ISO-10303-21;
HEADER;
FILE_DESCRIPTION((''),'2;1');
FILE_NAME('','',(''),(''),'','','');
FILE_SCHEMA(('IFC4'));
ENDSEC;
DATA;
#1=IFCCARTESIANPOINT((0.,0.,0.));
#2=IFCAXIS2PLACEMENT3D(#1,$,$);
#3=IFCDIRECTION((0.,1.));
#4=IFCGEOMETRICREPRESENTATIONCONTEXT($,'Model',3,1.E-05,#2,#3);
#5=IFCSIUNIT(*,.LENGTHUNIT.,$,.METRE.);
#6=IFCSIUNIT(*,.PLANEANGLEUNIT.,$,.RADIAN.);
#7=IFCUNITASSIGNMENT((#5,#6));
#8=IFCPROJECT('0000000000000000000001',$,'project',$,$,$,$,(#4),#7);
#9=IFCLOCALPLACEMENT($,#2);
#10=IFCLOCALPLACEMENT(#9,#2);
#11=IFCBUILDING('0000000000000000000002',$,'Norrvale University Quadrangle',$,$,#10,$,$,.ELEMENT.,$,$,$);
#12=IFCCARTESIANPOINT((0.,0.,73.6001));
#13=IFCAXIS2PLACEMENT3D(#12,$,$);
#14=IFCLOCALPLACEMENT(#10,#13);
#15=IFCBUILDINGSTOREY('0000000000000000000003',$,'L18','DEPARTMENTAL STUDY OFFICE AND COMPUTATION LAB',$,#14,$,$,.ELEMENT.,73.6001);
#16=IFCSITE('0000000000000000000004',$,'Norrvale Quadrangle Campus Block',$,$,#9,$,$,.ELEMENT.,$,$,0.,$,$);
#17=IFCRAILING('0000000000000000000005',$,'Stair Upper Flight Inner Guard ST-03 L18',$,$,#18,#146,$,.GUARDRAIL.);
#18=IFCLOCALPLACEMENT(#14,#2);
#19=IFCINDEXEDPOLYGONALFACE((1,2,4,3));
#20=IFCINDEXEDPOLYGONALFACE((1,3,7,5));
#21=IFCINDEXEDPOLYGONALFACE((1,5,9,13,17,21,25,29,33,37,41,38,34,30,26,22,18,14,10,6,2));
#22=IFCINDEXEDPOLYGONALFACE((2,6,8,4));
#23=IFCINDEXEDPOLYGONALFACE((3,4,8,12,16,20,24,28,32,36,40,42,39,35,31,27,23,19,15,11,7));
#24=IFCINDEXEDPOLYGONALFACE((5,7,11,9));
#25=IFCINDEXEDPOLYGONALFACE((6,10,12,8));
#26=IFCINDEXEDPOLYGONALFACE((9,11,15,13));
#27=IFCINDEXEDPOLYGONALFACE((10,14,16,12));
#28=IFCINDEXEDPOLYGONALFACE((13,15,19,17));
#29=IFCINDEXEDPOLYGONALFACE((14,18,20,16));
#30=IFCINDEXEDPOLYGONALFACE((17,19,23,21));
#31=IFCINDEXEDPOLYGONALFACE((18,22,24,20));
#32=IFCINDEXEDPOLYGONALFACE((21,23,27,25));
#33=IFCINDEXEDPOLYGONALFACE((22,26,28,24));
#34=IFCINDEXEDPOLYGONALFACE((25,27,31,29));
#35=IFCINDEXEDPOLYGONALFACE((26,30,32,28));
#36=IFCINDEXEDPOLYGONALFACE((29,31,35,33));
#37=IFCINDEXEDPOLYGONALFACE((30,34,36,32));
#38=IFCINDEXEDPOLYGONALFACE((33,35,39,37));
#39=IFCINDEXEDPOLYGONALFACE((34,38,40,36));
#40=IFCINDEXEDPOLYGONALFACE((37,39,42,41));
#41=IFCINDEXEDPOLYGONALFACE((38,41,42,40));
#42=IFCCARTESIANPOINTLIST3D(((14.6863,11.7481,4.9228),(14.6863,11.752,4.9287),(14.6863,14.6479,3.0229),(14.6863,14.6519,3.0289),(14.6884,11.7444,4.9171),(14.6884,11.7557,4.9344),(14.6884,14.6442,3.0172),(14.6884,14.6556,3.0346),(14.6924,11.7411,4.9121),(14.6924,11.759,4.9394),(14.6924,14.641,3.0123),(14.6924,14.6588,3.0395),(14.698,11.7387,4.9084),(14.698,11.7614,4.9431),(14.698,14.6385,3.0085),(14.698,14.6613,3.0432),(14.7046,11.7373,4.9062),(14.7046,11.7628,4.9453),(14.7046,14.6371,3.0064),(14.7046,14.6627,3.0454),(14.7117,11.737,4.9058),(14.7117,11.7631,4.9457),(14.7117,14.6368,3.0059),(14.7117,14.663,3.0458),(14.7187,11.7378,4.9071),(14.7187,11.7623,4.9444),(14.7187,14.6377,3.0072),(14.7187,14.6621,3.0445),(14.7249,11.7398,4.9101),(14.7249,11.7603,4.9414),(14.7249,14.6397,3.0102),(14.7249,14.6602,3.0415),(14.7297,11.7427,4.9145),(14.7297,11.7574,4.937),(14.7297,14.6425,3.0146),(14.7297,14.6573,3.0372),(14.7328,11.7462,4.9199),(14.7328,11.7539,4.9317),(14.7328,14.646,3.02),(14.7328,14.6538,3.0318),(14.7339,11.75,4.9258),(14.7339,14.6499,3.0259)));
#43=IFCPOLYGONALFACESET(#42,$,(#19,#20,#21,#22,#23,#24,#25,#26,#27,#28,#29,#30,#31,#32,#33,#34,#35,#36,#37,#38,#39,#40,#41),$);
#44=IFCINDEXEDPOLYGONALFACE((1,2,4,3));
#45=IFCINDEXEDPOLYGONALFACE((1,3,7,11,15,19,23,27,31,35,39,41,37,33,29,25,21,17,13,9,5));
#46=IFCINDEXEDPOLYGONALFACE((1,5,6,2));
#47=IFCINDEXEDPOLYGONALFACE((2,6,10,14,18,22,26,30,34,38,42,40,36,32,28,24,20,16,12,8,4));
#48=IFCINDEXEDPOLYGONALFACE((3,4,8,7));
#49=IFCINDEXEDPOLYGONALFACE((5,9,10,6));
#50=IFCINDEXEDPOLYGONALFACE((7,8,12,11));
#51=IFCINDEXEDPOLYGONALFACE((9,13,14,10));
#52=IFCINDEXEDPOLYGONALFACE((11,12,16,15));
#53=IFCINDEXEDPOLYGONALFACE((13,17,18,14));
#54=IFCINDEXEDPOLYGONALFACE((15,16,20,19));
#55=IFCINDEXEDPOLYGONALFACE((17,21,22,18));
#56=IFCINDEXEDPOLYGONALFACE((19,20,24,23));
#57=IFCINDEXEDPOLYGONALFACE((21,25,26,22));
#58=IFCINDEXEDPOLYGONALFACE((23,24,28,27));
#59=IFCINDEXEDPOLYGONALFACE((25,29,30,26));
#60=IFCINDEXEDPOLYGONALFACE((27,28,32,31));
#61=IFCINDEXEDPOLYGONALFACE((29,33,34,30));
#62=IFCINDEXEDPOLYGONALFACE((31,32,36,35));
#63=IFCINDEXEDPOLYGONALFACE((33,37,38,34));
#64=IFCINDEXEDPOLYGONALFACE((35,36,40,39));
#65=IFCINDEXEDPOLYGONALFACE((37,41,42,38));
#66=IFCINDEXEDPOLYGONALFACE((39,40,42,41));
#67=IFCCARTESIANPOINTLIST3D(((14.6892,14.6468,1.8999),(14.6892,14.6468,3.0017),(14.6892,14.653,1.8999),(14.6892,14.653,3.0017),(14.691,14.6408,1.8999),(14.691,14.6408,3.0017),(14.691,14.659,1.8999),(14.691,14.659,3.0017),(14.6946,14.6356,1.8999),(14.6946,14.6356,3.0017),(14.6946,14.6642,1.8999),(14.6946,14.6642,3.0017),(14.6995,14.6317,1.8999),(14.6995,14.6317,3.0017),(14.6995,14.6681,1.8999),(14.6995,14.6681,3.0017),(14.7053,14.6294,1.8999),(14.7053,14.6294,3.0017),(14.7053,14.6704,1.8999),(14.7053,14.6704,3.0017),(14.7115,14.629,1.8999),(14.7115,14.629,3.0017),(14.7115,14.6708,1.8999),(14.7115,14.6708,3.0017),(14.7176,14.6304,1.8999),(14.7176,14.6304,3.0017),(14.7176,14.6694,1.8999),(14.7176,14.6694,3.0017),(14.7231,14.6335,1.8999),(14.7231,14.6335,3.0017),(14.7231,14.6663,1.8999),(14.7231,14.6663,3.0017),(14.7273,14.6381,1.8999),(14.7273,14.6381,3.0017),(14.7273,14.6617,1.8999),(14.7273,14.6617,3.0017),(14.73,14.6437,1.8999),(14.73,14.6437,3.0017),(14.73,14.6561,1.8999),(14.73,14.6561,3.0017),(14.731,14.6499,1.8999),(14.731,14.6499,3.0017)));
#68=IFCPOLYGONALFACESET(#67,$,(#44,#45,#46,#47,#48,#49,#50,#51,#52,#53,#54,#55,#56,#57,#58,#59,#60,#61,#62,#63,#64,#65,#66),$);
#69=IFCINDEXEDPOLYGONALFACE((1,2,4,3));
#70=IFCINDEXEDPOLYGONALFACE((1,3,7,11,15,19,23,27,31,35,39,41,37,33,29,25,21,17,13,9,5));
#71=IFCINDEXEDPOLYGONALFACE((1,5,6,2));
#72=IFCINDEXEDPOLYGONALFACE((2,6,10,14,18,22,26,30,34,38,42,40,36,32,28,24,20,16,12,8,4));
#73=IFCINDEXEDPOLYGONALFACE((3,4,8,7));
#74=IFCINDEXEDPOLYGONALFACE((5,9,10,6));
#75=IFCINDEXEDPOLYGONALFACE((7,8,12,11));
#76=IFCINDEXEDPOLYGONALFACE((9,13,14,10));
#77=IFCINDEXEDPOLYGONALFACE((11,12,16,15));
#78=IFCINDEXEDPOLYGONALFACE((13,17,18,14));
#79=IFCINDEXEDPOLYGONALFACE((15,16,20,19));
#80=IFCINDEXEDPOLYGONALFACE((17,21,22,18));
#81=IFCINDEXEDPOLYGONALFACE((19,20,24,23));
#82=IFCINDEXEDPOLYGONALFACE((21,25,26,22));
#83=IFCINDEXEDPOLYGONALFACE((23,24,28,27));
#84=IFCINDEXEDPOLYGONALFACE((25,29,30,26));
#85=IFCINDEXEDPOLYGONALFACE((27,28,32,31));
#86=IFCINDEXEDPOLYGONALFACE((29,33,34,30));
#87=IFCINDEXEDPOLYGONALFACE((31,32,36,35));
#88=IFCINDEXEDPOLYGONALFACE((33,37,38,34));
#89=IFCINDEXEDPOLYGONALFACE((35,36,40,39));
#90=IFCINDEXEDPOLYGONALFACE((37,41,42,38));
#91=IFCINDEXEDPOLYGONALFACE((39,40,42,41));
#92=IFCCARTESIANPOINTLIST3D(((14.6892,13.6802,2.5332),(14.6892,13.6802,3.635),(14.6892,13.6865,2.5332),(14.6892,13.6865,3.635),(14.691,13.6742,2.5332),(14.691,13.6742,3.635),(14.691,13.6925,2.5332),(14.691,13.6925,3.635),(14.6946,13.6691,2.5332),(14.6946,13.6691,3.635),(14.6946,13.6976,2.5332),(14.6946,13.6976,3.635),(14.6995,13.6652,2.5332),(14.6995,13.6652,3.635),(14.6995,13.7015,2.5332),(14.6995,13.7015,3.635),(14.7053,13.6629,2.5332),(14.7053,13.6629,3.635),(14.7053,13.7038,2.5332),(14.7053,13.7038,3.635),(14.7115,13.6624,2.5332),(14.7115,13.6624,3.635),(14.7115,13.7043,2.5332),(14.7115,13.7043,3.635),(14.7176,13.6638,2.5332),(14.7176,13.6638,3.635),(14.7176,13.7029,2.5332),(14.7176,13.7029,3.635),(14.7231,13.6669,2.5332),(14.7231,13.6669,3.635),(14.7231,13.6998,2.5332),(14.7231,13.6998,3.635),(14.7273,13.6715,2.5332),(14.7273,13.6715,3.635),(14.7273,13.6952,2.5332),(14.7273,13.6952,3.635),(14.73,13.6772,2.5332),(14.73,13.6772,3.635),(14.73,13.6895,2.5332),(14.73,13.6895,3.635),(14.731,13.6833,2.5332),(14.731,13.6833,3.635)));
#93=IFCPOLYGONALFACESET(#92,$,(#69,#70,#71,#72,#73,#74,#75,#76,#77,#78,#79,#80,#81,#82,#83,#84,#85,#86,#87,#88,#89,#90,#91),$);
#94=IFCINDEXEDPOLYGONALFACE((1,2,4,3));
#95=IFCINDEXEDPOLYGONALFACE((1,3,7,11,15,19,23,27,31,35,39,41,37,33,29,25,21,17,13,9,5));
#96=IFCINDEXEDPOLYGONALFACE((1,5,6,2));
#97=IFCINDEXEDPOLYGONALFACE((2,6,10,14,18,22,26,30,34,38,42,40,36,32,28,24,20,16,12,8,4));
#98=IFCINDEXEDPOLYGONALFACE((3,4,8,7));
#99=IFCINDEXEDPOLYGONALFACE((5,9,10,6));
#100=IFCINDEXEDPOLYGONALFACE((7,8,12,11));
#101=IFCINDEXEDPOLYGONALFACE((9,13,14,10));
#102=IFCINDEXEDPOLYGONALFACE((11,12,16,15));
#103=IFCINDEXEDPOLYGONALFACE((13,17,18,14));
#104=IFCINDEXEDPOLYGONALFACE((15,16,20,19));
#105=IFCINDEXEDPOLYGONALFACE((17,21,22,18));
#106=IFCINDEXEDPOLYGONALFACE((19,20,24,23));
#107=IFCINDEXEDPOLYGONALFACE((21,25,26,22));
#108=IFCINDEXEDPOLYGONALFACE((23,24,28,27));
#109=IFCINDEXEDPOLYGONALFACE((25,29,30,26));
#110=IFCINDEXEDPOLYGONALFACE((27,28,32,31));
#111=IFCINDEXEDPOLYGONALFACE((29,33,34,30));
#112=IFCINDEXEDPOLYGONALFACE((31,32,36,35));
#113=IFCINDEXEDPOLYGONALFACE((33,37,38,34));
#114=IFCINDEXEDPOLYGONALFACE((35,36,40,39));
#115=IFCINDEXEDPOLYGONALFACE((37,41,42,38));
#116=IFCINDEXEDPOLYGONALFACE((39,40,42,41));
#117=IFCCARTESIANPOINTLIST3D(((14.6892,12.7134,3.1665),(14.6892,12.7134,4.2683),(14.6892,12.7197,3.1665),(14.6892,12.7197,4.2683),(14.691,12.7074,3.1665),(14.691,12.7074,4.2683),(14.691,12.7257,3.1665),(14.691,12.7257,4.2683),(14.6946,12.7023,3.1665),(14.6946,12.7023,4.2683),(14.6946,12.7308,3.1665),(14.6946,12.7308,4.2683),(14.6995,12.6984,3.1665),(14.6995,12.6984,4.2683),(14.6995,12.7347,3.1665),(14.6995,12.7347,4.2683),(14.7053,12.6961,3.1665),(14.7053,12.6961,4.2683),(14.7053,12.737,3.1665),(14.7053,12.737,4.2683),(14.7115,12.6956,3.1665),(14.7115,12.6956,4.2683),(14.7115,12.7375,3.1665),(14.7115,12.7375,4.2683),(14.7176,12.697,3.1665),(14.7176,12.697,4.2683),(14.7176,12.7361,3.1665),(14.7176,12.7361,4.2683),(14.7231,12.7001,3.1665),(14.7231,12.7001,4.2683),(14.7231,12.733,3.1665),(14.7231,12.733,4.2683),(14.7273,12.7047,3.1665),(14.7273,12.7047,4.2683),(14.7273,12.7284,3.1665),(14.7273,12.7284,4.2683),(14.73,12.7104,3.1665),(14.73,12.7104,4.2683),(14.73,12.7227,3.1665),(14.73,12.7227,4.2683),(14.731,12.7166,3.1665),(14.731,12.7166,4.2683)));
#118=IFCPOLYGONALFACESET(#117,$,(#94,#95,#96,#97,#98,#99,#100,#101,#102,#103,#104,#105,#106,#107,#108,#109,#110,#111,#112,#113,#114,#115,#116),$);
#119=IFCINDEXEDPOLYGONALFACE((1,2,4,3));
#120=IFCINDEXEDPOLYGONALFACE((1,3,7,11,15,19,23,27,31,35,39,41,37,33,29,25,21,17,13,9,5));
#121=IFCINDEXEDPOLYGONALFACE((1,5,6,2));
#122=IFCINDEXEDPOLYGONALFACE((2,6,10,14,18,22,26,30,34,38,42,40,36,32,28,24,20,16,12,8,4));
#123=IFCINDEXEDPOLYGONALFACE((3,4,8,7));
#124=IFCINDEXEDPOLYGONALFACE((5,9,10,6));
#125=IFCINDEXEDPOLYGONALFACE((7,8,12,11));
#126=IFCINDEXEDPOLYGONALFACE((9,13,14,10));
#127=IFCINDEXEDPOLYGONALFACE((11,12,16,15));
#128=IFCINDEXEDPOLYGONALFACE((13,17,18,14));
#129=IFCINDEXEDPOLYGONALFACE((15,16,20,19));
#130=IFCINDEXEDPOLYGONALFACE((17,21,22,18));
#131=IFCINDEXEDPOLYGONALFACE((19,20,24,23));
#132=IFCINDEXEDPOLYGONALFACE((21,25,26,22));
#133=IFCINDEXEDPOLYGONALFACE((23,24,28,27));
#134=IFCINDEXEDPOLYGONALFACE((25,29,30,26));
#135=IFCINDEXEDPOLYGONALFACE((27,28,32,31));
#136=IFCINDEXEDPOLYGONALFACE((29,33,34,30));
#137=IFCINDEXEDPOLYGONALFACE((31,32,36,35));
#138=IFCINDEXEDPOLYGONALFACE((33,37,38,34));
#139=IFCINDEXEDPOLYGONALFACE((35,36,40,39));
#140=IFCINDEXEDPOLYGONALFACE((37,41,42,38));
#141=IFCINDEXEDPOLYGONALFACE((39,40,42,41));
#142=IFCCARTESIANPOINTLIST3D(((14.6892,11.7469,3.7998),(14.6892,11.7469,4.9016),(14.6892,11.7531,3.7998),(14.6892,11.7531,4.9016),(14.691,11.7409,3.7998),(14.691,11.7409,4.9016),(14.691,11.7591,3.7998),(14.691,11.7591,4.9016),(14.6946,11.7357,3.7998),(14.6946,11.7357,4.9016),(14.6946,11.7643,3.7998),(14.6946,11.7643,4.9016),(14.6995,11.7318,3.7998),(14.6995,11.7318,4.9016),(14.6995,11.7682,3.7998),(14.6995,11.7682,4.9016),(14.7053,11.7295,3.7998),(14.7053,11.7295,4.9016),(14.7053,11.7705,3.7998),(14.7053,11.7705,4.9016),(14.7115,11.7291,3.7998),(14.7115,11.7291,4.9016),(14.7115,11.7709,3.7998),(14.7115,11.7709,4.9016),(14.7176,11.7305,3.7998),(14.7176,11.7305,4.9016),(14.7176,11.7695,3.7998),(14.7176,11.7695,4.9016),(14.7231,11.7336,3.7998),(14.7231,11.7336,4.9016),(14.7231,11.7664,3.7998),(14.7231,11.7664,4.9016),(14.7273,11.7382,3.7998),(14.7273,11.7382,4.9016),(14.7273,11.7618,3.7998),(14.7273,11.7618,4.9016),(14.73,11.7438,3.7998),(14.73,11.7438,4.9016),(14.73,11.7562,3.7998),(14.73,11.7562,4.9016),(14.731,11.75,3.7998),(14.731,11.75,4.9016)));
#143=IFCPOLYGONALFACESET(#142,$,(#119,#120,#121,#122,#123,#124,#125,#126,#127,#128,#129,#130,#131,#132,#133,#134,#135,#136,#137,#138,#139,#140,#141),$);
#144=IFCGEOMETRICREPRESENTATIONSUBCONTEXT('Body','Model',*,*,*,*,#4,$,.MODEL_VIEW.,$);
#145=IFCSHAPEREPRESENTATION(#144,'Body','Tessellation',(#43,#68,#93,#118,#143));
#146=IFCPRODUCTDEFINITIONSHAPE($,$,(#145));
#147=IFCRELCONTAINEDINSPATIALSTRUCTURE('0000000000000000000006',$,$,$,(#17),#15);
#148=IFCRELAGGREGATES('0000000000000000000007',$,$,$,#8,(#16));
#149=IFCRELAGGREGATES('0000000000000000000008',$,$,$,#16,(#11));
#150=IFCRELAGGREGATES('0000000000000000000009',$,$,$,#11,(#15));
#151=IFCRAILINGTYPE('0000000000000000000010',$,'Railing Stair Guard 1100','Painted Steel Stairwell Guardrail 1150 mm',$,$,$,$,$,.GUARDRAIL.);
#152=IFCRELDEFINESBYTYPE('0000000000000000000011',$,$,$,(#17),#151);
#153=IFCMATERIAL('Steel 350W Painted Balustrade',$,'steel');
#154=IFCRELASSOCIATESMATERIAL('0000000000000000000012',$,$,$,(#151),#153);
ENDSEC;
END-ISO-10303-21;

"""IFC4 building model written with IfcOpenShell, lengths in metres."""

from ifc_helpers import new_model, si_unit, direction, frame, origin, origin_2d, place, context, subcontext, project, spatial, circle, extrude, material, type_object, element, save


model = new_model("IFC4")

# Units and contexts
model_context = context("Model", 3, precision=1e-05, world=origin(), true_north=direction((0.0, 1.0)))
body_context = subcontext(model_context, "Body", "Model", "MODEL_VIEW")
ifc_project = project(units=[si_unit("LENGTHUNIT", "METRE"), si_unit("PLANEANGLEUNIT", "RADIAN")], contexts=[model_context])

# Site, building, storey
site_placement = place(None, origin())
site = spatial("IfcSite", under=ifc_project, at=site_placement, Name="Norrvale Quadrangle Campus Block", CompositionType="ELEMENT", RefElevation=0.0)
building_placement = place(site_placement, origin())
building = spatial("IfcBuilding", under=site, at=building_placement, Name="Norrvale University Quadrangle", CompositionType="ELEMENT")
storey_placement = place(building_placement, frame((0.0, 0.0, 73.6001)))
storey = spatial("IfcBuildingStorey", under=building, at=storey_placement, Name="L18", Description="DEPARTMENTAL STUDY OFFICE AND COMPUTATION LAB", CompositionType="ELEMENT", Elevation=73.6001)

# Railing
ifc_material_1 = material(Name="Steel 350W Painted Balustrade", Category="steel")
railing_type_1 = type_object("IfcRailingType", Name="Railing Stair Guard 1100", Description="Painted Steel Stairwell Guardrail 1150 mm", PredefinedType="GUARDRAIL", material=ifc_material_1)
railing_1_placement = place(storey_placement, frame((14.71, 14.6499, 1.8999)))
element("IfcRailing", 1, at=railing_1_placement, inside=storey, type_object=railing_type_1, Name="Stair Upper Flight Inner Guard ST-03 L18", PredefinedType="GUARDRAIL", context=body_context, shape_type="SweptSolid", body=[
    extrude(circle(Radius=0.0239, at=origin_2d()), frame((0.0, 0.0, 1.126), z_axis=(0.0, -0.836466, 0.548019), x_axis=(1.0, 0.0, 0.0)), (0.0, 0.0, 1.0), 3.4668),
    extrude(circle(Radius=0.021, at=origin_2d()), origin(), (0.0, 0.0, 1.0), 1.1018),
    extrude(circle(Radius=0.021, at=origin_2d()), frame((0.0, -0.9666, 0.6333)), (0.0, 0.0, 1.0), 1.1018),
    extrude(circle(Radius=0.021, at=origin_2d()), frame((0.0, -1.9333, 1.2666)), (0.0, 0.0, 1.0), 1.1018),
    extrude(circle(Radius=0.021, at=origin_2d()), frame((0.0, -2.8999, 1.8999)), (0.0, 0.0, 1.0), 1.1018),
])

save(model, "model.ifc")
